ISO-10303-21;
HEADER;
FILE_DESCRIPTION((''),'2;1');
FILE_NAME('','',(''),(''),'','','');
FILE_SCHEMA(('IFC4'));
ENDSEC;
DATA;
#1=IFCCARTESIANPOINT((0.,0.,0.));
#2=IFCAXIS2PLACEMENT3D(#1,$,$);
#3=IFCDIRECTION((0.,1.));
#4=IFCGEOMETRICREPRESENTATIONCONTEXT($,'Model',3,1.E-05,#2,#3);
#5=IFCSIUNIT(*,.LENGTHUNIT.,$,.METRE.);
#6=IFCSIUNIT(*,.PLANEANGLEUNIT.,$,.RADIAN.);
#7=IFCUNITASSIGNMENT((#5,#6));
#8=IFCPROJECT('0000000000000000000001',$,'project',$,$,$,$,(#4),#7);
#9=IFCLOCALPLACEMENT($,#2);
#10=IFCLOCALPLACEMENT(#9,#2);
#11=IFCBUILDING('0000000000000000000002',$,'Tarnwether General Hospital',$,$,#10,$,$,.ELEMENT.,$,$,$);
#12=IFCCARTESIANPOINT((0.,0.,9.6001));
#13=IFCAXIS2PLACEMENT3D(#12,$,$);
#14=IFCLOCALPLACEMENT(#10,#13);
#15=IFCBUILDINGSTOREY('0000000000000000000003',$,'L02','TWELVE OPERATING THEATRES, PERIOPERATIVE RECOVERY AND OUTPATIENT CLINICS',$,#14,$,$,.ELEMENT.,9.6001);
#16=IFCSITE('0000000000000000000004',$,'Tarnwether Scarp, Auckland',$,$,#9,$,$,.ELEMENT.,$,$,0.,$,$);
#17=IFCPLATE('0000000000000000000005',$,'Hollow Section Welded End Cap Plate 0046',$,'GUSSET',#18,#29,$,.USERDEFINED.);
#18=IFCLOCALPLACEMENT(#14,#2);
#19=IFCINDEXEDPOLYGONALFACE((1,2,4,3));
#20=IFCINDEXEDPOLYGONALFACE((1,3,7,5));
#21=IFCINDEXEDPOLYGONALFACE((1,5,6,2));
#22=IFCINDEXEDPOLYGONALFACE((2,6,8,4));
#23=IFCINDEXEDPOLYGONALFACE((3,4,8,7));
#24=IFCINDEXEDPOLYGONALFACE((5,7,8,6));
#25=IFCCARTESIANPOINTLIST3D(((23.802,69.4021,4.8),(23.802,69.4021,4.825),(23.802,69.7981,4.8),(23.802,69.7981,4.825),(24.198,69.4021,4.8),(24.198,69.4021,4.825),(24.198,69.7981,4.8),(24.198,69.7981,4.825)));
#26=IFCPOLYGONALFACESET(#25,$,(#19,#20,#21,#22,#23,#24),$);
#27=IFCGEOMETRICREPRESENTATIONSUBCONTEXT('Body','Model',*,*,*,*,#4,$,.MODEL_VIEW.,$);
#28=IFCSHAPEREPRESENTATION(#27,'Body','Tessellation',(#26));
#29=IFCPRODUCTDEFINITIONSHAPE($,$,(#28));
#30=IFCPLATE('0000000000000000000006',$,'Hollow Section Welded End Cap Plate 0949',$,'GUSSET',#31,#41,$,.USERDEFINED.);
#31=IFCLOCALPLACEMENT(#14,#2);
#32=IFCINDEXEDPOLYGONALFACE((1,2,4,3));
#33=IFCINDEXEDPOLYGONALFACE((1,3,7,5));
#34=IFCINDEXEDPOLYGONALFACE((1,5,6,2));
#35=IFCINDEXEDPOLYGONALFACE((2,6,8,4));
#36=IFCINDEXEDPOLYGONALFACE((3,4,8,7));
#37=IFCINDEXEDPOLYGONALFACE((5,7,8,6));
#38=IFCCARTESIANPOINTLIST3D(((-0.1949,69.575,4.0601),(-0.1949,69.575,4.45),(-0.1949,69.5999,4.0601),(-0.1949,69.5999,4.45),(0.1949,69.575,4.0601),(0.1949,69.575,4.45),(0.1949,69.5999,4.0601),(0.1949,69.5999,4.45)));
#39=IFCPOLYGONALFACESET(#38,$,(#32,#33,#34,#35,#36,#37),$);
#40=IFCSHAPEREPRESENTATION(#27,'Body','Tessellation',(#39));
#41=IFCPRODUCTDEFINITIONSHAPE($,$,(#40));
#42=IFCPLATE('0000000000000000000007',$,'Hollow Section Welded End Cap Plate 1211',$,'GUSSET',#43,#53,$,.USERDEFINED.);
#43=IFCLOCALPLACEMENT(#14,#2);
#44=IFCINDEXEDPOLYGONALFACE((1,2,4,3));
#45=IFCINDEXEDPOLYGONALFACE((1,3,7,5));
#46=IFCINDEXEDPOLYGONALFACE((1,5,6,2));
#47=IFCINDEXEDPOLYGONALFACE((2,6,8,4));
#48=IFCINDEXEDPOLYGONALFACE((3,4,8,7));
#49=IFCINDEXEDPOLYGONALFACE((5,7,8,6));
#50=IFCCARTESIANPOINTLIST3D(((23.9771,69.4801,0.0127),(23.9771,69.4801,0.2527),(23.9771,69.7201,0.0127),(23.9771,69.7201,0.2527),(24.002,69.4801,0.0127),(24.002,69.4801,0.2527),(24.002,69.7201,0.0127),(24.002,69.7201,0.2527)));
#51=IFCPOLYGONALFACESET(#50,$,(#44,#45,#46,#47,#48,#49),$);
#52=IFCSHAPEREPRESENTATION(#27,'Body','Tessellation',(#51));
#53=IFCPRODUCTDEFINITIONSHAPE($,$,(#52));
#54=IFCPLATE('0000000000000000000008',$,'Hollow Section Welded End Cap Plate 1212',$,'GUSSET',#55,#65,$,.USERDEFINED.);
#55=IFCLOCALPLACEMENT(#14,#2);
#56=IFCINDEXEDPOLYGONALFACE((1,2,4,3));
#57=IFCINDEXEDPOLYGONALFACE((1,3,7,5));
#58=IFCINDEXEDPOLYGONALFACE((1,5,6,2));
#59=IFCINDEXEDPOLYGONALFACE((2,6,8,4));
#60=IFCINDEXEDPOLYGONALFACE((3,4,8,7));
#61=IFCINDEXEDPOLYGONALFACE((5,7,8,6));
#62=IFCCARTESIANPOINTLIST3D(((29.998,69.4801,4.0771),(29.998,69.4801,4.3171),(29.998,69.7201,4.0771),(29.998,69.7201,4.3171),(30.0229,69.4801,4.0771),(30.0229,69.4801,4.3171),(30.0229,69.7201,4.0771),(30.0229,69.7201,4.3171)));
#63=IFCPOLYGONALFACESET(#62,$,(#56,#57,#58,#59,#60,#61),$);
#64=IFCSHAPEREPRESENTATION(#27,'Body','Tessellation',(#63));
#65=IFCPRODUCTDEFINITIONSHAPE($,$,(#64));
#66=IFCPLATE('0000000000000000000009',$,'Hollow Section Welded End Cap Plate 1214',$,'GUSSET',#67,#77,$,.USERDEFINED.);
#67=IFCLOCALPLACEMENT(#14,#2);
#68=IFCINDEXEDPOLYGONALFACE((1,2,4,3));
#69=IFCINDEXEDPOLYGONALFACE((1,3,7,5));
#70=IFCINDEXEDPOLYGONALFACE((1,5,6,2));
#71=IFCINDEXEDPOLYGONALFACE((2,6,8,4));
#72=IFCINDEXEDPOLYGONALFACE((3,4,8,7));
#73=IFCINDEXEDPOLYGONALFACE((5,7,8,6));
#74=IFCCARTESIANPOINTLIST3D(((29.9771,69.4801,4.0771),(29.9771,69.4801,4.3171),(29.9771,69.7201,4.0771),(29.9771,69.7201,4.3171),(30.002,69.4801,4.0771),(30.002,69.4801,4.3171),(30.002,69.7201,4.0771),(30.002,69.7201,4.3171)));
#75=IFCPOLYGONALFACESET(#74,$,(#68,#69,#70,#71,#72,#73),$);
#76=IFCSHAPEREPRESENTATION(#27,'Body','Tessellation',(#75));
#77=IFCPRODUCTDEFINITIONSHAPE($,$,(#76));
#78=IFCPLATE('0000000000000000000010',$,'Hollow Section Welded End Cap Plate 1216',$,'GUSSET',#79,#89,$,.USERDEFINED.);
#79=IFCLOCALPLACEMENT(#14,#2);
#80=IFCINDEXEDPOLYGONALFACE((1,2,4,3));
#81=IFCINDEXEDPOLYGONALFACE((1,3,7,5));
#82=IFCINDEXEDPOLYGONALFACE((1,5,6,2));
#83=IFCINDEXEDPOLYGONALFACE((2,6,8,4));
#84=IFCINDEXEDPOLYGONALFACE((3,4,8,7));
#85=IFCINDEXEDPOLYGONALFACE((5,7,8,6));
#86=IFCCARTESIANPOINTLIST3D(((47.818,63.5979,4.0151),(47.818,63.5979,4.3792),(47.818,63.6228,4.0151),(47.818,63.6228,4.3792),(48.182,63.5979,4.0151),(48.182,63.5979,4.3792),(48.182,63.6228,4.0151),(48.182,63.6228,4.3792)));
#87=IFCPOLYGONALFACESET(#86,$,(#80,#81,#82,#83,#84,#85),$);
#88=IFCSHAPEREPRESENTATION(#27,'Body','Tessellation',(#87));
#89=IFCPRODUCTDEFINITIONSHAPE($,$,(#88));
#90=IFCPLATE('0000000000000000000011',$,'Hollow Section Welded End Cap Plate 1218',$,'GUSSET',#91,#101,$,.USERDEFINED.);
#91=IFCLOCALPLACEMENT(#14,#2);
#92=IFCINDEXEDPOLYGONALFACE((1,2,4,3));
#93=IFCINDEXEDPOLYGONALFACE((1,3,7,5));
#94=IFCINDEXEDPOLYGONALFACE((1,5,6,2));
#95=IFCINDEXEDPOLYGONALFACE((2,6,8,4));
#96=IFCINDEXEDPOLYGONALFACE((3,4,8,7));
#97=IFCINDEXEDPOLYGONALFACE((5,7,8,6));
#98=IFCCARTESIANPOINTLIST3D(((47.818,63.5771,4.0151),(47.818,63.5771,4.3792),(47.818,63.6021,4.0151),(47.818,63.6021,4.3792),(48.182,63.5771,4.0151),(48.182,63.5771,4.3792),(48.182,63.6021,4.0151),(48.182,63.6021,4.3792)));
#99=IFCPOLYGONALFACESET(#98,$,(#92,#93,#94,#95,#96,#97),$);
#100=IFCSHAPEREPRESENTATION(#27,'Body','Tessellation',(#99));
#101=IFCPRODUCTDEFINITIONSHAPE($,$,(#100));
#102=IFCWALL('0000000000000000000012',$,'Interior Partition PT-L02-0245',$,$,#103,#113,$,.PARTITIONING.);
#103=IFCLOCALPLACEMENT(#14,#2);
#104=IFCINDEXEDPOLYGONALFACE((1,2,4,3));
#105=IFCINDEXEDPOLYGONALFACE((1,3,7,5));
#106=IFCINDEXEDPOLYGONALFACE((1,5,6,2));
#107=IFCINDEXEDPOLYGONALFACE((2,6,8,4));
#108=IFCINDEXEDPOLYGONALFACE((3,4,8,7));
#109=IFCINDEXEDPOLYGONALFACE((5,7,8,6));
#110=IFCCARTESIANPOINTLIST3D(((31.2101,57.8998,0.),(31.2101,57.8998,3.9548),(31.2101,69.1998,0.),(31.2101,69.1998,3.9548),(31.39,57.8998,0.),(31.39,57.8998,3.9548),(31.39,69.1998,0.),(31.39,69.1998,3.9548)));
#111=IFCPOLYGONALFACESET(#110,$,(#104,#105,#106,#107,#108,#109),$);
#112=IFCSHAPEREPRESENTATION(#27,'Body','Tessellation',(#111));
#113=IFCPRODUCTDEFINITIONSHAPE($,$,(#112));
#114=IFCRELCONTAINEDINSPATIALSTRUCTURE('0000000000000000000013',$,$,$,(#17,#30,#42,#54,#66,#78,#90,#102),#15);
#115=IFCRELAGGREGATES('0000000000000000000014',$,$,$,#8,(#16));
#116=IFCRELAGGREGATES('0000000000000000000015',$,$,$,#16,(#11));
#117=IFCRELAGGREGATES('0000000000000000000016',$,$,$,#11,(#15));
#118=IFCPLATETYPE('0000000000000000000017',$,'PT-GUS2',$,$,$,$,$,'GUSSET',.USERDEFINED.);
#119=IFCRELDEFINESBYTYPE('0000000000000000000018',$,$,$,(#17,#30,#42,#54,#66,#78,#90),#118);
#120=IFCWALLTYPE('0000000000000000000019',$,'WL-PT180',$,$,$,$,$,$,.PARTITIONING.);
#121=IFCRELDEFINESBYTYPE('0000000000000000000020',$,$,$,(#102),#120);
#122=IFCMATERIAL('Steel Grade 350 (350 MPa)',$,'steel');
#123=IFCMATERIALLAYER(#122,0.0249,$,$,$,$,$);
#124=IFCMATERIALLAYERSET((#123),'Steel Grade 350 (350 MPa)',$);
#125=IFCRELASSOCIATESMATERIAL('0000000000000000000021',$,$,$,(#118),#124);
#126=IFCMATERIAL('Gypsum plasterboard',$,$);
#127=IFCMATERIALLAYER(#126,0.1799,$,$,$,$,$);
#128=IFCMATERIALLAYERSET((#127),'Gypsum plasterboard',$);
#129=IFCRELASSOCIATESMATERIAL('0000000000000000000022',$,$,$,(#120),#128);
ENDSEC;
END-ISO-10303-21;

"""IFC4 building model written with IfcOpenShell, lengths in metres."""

from ifc_helpers import new_model, si_unit, direction, frame, frame_2d, origin, origin_2d, place, context, subcontext, project, spatial, rectangle, extrude, material, layer, layer_set, type_object, element, save


model = new_model("IFC4")

# Units and contexts
model_context = context("Model", 3, precision=1e-05, world=origin(), true_north=direction((0.0, 1.0)))
body_context = subcontext(model_context, "Body", "Model", "MODEL_VIEW")
ifc_project = project(units=[si_unit("LENGTHUNIT", "METRE"), si_unit("PLANEANGLEUNIT", "RADIAN")], contexts=[model_context])

# Site, building, storey
site_placement = place(None, origin())
site = spatial("IfcSite", under=ifc_project, at=site_placement, Name="Tarnwether Scarp, Auckland", CompositionType="ELEMENT", RefElevation=0.0)
building_placement = place(site_placement, origin())
building = spatial("IfcBuilding", under=site, at=building_placement, Name="Tarnwether General Hospital", CompositionType="ELEMENT")
storey_placement = place(building_placement, frame((0.0, 0.0, 9.6001)))
storey = spatial("IfcBuildingStorey", under=building, at=storey_placement, Name="L02", Description="TWELVE OPERATING THEATRES, PERIOPERATIVE RECOVERY AND OUTPATIENT CLINICS", CompositionType="ELEMENT", Elevation=9.6001)

# Plates
ifc_material_1 = material(Name="Steel Grade 350 (350 MPa)", Category="steel")
ifc_layer_1 = layer(ifc_material_1, 0.0249)
ifc_layer_set_1 = layer_set([ifc_layer_1], Name="Steel Grade 350 (350 MPa)")
plate_type_1 = type_object("IfcPlateType", Name="PT-GUS2", ElementType="GUSSET", PredefinedType="USERDEFINED", material=ifc_layer_set_1)
for number, where, z_axis, x_axis, name in (
    (1, (24.0, 69.6001, 4.8), (0.0, 0.0, 1.0), (1.0, 0.0, 0.0), "Hollow Section Welded End Cap Plate 0046"),
):
    element("IfcPlate", number, at=place(storey_placement, frame(where, z_axis=z_axis, x_axis=x_axis)), inside=storey, type_object=plate_type_1, Name=name, ObjectType="GUSSET", PredefinedType="USERDEFINED", context=body_context, shape_type="SweptSolid", body=[
        extrude(rectangle(XDim=0.396, YDim=0.396, at=origin_2d()), origin(), (0.0, 0.0, 1.0), 0.0249),
    ])
plate_placement = place(storey_placement, frame((0.0, 69.5874, 4.0601), z_axis=(0.0, 0.0, 1.0), x_axis=(0.0, 1.0, 0.0)))
element("IfcPlate", 2, at=plate_placement, inside=storey, type_object=plate_type_1, Name="Hollow Section Welded End Cap Plate 0949", ObjectType="GUSSET", PredefinedType="USERDEFINED", context=body_context, shape_type="SweptSolid", body=[
    extrude(rectangle(XDim=0.0249, YDim=0.3899, at=origin_2d()), origin(), (0.0, 0.0, 1.0), 0.3899),
])
for number, where, z_axis, x_axis, name in (
    (3, (23.9895, 69.6001, 0.0127), (0.0, 0.0, 1.0), (1.0, 0.0, 0.0), "Hollow Section Welded End Cap Plate 1211"),
    (4, (30.0105, 69.6001, 4.0771), (0.0, 0.0, 1.0), (1.0, 0.0, 0.0), "Hollow Section Welded End Cap Plate 1212"),
    (5, (29.9895, 69.6001, 4.0771), (0.0, 0.0, 1.0), (-1.0, 0.0, 0.0), "Hollow Section Welded End Cap Plate 1214"),
):
    element("IfcPlate", number, at=place(storey_placement, frame(where, z_axis=z_axis, x_axis=x_axis)), inside=storey, type_object=plate_type_1, Name=name, ObjectType="GUSSET", PredefinedType="USERDEFINED", context=body_context, shape_type="SweptSolid", body=[
        extrude(rectangle(XDim=0.0249, YDim=0.24, at=origin_2d()), origin(), (0.0, 0.0, 1.0), 0.24),
    ])
for number, where, z_axis, x_axis, name in (
    (6, (48.0, 63.6104, 4.0151), (0.0, 0.0, 1.0), (0.0, 1.0, 0.0), "Hollow Section Welded End Cap Plate 1216"),
    (7, (48.0, 63.5896, 4.0151), (0.0, 0.0, 1.0), (0.0, -1.0, 0.0), "Hollow Section Welded End Cap Plate 1218"),
):
    element("IfcPlate", number, at=place(storey_placement, frame(where, z_axis=z_axis, x_axis=x_axis)), inside=storey, type_object=plate_type_1, Name=name, ObjectType="GUSSET", PredefinedType="USERDEFINED", context=body_context, shape_type="SweptSolid", body=[
        extrude(rectangle(XDim=0.0249, YDim=0.364, at=origin_2d()), origin(), (0.0, 0.0, 1.0), 0.364),
    ])

# Wall
ifc_material_2 = material(Name="Gypsum plasterboard")
ifc_layer_2 = layer(ifc_material_2, 0.1799)
ifc_layer_set_2 = layer_set([ifc_layer_2], Name="Gypsum plasterboard")
wall_type = type_object("IfcWallType", Name="WL-PT180", PredefinedType="PARTITIONING", material=ifc_layer_set_2)
wall_placement = place(storey_placement, frame((31.3, 57.8999, 0.0), z_axis=(0.0, 0.0, 1.0), x_axis=(0.0, 1.0, 0.0)))
element("IfcWall", 8, at=wall_placement, inside=storey, type_object=wall_type, Name="Interior Partition PT-L02-0245", PredefinedType="PARTITIONING", context=body_context, shape_type="SweptSolid", body=[
    extrude(rectangle(XDim=11.3, YDim=0.1799, at=frame_2d((5.6499, 0.0))), origin(), (0.0, 0.0, 1.0), 3.9548),
])

save(model, "model.ifc")
